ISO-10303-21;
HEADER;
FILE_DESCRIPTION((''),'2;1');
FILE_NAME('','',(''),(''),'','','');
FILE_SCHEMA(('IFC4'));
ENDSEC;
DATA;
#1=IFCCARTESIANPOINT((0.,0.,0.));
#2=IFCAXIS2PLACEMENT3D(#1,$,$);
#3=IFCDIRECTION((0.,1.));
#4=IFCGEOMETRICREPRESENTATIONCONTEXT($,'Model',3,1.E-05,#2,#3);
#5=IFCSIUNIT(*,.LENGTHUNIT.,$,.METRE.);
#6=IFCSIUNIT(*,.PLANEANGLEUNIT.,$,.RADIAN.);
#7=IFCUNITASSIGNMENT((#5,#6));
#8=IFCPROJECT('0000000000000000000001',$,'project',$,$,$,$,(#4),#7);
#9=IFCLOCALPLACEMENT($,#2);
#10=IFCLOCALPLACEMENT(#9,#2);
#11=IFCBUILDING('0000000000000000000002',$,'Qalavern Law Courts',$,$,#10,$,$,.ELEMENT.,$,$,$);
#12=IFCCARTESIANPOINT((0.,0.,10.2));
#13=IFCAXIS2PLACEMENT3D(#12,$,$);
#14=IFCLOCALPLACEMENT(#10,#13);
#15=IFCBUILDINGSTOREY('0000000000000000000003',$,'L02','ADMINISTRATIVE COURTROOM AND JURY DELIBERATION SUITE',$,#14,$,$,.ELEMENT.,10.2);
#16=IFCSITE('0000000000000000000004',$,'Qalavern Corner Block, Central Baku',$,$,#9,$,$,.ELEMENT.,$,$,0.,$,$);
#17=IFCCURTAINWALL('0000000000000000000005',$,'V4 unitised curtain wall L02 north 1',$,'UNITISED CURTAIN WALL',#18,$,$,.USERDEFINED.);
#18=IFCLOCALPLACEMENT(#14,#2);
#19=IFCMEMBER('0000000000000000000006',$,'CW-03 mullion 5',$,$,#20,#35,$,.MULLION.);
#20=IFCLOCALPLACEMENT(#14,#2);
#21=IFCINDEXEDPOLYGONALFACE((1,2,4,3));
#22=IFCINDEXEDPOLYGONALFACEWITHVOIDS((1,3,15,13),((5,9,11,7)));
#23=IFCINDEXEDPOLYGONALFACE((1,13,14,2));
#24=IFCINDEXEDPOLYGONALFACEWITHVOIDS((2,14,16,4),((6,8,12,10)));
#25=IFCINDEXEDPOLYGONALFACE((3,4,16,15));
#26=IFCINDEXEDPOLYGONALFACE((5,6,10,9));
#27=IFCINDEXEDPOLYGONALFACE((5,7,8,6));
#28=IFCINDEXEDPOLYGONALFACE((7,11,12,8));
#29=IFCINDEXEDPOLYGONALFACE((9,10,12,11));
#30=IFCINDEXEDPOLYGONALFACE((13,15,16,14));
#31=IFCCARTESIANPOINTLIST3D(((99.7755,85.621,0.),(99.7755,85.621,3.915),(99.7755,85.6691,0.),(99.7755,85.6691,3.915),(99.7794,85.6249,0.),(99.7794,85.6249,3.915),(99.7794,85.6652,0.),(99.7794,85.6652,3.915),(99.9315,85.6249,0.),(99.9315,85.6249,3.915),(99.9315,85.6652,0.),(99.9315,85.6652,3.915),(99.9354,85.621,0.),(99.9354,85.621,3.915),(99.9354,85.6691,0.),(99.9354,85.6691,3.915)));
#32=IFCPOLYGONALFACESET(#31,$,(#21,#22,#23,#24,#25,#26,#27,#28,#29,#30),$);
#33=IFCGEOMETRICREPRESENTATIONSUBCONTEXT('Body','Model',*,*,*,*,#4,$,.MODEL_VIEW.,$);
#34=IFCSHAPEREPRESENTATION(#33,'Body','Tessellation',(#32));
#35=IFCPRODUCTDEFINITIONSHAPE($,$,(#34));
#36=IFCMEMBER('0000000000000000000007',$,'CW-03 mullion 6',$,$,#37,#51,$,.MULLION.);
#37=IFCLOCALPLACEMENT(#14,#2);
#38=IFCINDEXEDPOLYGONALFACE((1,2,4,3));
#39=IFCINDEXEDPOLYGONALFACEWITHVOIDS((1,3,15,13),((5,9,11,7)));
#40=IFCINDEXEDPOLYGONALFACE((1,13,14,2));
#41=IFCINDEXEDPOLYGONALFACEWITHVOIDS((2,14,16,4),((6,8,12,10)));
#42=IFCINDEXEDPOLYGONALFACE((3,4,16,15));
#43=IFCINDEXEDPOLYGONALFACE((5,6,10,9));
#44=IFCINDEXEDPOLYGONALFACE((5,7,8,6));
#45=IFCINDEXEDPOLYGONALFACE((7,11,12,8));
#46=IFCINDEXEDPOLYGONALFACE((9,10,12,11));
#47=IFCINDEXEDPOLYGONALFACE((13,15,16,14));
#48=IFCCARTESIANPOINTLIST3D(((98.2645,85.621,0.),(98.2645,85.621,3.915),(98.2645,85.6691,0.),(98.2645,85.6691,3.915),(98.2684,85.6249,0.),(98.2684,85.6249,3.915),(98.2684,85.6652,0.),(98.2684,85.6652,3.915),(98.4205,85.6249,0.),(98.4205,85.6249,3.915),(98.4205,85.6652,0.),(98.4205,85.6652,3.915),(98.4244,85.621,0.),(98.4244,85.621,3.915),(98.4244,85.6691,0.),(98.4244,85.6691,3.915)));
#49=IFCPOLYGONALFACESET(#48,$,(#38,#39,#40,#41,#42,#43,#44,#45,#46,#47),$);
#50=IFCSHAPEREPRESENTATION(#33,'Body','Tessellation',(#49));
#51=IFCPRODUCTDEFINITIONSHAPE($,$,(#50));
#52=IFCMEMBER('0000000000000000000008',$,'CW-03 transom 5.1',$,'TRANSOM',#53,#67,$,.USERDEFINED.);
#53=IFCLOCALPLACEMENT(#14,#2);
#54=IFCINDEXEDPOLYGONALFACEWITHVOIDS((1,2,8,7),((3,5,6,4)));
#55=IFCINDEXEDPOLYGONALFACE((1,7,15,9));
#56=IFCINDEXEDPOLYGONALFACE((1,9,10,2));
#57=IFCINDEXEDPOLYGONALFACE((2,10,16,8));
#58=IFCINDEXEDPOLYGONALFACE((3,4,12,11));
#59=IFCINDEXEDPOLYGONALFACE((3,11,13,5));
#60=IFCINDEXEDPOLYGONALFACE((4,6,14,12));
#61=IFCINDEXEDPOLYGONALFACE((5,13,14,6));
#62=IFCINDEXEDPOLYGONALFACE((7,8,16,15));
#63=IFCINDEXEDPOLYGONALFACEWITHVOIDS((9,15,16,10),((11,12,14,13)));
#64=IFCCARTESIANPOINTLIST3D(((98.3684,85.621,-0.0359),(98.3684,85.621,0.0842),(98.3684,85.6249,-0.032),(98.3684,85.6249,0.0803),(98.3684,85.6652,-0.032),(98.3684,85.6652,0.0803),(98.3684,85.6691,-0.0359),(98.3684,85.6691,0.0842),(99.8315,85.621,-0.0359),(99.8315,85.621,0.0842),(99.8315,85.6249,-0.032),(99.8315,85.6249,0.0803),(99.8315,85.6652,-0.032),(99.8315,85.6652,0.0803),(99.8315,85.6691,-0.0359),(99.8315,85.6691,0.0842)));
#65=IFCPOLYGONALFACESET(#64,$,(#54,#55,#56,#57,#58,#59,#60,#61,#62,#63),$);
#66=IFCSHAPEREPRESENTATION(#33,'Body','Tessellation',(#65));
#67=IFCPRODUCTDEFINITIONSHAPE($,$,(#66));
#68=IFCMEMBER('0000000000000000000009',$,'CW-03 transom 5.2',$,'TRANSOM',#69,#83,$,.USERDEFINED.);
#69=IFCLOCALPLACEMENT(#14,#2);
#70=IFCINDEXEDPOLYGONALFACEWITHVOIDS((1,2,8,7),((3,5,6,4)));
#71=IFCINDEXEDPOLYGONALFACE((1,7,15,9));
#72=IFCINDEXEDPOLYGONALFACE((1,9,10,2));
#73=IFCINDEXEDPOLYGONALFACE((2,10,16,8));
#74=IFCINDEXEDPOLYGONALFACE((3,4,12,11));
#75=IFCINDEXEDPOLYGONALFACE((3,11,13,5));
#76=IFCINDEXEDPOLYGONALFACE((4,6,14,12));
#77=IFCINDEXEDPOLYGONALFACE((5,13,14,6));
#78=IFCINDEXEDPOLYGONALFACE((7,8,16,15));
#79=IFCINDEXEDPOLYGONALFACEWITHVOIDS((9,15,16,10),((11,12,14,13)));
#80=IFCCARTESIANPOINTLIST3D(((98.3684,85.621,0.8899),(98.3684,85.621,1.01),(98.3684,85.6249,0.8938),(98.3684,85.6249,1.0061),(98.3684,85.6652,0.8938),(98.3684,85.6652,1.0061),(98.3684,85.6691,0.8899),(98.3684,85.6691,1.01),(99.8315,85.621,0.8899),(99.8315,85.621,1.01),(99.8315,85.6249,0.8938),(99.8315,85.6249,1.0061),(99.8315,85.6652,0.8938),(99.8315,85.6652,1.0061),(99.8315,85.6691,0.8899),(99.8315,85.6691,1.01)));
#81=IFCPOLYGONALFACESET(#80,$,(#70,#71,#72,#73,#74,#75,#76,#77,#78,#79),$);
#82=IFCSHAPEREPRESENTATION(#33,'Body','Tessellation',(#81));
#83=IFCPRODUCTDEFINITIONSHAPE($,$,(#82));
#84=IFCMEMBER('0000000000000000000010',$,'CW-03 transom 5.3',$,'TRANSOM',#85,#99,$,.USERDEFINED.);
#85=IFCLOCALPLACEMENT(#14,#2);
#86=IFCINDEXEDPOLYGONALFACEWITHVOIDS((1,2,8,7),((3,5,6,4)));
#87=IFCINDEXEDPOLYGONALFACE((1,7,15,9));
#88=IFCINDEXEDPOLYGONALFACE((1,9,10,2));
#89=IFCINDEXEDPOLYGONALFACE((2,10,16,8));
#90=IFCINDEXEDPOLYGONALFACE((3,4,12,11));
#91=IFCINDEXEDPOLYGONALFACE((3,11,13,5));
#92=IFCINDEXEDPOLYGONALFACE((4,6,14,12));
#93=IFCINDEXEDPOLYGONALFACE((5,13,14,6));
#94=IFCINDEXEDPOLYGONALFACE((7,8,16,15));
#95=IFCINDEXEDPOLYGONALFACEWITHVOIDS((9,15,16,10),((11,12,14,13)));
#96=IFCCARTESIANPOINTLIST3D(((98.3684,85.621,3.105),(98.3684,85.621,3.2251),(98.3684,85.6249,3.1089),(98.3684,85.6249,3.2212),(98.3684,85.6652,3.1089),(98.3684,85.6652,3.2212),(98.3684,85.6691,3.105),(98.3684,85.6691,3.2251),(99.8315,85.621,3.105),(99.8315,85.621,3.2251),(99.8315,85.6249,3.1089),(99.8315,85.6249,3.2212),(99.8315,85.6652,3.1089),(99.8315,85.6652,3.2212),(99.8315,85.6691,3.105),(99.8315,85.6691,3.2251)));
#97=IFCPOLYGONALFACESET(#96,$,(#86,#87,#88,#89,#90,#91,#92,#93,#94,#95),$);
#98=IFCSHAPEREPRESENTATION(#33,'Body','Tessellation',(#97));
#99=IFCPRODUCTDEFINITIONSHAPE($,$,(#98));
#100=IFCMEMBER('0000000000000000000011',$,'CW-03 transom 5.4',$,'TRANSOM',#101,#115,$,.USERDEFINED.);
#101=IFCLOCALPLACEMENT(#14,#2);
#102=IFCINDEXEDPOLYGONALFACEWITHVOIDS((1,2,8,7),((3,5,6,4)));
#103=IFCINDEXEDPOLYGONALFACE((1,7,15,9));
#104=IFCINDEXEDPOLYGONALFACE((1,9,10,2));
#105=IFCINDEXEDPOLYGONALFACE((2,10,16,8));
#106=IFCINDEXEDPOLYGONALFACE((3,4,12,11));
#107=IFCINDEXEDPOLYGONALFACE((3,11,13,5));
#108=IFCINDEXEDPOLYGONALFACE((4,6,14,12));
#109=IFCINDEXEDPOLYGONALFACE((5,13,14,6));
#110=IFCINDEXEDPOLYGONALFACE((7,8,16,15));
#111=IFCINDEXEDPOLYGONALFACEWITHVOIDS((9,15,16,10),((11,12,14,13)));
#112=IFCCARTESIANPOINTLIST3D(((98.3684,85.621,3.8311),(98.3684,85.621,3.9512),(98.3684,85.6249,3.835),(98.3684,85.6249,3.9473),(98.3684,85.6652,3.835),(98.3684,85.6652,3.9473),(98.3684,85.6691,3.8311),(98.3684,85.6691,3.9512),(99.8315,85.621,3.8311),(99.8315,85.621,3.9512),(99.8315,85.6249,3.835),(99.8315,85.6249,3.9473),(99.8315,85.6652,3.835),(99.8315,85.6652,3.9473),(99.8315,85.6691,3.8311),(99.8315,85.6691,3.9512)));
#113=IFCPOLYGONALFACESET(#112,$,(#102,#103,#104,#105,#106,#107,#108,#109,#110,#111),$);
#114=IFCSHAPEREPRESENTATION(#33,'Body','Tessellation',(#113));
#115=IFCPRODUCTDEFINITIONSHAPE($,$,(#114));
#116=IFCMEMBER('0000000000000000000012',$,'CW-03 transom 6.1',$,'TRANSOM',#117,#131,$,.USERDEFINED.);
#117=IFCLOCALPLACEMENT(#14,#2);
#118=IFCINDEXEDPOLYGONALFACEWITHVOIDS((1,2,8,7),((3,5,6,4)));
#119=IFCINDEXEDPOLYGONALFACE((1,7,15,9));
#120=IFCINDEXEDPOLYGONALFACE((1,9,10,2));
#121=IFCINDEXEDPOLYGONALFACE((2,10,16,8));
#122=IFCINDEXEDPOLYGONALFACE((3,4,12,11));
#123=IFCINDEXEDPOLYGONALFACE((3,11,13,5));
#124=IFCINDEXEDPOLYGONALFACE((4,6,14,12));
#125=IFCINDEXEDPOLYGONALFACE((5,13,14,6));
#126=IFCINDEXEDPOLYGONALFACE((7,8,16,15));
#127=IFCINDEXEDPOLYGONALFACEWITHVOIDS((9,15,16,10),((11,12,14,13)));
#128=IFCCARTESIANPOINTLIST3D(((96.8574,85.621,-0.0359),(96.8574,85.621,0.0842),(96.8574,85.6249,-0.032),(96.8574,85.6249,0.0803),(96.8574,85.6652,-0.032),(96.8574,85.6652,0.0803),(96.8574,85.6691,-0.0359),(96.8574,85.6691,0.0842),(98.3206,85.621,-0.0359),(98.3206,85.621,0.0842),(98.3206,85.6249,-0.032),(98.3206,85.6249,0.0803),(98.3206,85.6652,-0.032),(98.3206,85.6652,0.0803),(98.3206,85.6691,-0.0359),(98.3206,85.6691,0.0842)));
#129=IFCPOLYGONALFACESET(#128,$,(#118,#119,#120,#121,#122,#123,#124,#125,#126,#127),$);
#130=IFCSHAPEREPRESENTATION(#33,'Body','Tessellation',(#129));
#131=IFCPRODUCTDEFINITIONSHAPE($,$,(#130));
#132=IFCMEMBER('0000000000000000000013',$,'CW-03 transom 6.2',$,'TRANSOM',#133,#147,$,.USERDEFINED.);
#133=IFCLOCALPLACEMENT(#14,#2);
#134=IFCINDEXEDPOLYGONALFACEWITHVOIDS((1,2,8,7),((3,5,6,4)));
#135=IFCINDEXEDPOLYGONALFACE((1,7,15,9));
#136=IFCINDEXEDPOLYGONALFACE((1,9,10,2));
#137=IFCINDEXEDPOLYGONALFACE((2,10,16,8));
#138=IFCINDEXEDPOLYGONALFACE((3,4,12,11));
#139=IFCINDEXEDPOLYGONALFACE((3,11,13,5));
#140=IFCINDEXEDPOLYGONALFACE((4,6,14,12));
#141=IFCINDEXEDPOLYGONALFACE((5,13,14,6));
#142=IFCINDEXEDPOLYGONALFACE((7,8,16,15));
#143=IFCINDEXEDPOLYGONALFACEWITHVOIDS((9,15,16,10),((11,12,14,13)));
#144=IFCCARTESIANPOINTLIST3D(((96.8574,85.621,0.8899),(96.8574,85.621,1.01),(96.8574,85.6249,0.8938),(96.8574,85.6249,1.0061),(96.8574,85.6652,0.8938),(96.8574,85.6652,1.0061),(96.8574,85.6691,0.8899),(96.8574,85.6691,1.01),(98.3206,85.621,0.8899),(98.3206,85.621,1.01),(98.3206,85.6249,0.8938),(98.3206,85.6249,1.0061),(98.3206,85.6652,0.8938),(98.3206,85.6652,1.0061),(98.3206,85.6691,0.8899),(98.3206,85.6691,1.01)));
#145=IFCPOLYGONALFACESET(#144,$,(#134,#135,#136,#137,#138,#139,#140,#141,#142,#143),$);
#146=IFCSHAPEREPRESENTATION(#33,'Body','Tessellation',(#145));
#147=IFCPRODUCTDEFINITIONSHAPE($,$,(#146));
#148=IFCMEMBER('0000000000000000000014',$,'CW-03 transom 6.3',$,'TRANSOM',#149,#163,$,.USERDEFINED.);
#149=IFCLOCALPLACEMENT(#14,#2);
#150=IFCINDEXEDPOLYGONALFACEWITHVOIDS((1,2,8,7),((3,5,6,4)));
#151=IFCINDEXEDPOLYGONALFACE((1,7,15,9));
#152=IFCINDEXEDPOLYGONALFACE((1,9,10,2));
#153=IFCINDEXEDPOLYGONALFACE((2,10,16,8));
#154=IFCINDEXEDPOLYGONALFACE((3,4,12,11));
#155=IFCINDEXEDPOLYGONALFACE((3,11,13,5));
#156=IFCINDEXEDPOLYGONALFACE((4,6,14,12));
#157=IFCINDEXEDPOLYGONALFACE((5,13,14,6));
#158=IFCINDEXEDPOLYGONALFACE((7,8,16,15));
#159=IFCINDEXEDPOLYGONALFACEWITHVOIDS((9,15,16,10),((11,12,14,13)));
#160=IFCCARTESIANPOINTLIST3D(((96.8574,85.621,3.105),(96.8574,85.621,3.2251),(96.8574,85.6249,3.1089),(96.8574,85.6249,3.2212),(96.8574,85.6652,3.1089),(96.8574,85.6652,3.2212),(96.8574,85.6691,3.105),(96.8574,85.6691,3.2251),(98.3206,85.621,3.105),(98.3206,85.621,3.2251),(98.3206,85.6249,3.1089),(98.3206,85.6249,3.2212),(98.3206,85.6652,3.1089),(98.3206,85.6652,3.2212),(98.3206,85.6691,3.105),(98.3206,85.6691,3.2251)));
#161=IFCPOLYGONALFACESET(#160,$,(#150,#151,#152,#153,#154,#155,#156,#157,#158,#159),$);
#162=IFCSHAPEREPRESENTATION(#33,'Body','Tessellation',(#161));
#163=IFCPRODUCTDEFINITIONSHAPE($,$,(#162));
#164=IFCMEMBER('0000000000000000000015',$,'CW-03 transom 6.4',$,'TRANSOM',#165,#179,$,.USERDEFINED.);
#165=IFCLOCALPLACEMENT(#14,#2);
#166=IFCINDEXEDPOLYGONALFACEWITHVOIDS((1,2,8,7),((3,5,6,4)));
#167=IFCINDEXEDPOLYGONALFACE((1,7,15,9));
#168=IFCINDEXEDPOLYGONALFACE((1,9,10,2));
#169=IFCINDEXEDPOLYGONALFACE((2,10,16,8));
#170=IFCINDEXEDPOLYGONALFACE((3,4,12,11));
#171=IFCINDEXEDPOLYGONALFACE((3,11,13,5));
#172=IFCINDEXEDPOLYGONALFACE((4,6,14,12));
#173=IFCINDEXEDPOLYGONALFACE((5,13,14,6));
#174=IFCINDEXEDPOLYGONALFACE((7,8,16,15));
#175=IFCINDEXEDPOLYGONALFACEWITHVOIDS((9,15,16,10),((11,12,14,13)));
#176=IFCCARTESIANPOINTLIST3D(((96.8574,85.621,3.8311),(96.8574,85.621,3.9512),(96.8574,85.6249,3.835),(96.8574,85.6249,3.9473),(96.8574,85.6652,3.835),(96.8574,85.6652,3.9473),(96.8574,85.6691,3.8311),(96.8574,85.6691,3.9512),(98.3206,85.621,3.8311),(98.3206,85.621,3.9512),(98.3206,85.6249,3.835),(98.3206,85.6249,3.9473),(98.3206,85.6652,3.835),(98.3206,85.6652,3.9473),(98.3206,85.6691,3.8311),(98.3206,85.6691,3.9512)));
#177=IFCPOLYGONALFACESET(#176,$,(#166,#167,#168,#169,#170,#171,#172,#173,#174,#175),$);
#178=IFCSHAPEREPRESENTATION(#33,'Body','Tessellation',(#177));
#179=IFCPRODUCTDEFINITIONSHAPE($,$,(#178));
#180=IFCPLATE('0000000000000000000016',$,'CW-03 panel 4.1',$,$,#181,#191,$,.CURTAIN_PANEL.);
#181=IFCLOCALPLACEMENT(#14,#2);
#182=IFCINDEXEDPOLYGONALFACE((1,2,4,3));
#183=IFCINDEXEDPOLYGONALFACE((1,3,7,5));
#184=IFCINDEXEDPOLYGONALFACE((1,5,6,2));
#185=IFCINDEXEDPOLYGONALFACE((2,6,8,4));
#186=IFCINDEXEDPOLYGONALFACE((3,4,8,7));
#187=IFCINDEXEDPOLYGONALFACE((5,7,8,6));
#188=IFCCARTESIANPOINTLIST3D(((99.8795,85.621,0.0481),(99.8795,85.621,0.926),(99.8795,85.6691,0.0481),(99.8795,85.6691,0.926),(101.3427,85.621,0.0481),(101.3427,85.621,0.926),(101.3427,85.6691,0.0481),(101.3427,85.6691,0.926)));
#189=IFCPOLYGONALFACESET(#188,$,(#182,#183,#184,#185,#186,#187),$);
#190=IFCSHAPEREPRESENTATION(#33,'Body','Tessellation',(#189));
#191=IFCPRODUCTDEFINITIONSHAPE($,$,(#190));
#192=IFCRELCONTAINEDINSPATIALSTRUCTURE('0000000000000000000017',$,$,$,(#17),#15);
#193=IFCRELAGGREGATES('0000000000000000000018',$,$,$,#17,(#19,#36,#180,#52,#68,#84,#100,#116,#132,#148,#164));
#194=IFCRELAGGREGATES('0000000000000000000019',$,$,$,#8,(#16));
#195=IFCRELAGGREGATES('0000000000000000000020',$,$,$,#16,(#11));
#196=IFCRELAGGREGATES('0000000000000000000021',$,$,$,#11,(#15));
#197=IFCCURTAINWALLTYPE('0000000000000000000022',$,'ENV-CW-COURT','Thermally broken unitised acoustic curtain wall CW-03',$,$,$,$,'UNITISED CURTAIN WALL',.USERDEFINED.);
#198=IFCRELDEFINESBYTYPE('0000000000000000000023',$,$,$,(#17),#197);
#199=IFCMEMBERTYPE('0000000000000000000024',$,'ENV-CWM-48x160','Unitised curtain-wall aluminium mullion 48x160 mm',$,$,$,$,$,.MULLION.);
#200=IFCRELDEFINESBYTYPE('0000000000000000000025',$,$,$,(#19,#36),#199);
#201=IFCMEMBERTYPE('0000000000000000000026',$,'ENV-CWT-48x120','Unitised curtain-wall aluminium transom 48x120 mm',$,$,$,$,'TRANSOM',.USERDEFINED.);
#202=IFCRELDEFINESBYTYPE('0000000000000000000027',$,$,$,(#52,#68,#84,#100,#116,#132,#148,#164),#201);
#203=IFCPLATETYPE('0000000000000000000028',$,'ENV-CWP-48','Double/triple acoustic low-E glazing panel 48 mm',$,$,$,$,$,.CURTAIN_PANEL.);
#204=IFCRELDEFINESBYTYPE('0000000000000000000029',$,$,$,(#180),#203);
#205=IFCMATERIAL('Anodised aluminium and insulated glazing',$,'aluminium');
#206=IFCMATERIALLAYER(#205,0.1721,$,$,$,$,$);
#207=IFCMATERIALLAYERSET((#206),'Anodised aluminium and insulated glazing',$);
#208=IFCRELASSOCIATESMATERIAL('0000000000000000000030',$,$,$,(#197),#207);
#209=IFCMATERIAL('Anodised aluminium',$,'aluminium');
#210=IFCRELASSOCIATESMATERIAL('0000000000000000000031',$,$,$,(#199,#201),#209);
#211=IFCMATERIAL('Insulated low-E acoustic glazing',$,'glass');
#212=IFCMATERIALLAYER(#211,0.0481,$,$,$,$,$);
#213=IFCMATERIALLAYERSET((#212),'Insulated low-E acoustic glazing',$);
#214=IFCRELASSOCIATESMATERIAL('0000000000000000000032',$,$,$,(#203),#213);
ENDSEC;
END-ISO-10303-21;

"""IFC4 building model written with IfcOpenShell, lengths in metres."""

from ifc_helpers import new_model, si_unit, direction, frame, origin, origin_2d, place, context, subcontext, project, spatial, rectangle, hollow_rectangle, extrude, material, layer, layer_set, material_profile, profile_set, type_object, element, aggregate, save


model = new_model("IFC4")

# Units and contexts
model_context = context("Model", 3, precision=1e-05, world=origin(), true_north=direction((0.0, 1.0)))
body_context = subcontext(model_context, "Body", "Model", "MODEL_VIEW")
ifc_project = project(units=[si_unit("LENGTHUNIT", "METRE"), si_unit("PLANEANGLEUNIT", "RADIAN")], contexts=[model_context])

# Site, building, storey
site_placement = place(None, origin())
site = spatial("IfcSite", under=ifc_project, at=site_placement, Name="Qalavern Corner Block, Central Baku", CompositionType="ELEMENT", RefElevation=0.0)
building_placement = place(site_placement, origin())
building = spatial("IfcBuilding", under=site, at=building_placement, Name="Qalavern Law Courts", CompositionType="ELEMENT")
storey_placement = place(building_placement, frame((0.0, 0.0, 10.2)))
storey = spatial("IfcBuildingStorey", under=building, at=storey_placement, Name="L02", Description="ADMINISTRATIVE COURTROOM AND JURY DELIBERATION SUITE", CompositionType="ELEMENT", Elevation=10.2)

# Curtain wall, members, plate
ifc_material_1 = material(Name="Anodised aluminium and insulated glazing", Category="aluminium")
ifc_layer_1 = layer(ifc_material_1, 0.1721)
ifc_layer_set_1 = layer_set([ifc_layer_1], Name="Anodised aluminium and insulated glazing")
curtain_wall_type = type_object("IfcCurtainWallType", Name="ENV-CW-COURT", Description="Thermally broken unitised acoustic curtain wall CW-03", ElementType="UNITISED CURTAIN WALL", PredefinedType="USERDEFINED", material=ifc_layer_set_1)
curtain_wall_placement = place(storey_placement, origin())
curtain_wall = element("IfcCurtainWall", 1, at=curtain_wall_placement, inside=storey, type_object=curtain_wall_type, Name="V4 unitised curtain wall L02 north 1", ObjectType="UNITISED CURTAIN WALL", PredefinedType="USERDEFINED")
ifc_material_2 = material(Name="Anodised aluminium", Category="aluminium")
ifc_material_profile_1 = material_profile(ifc_material_2, hollow_rectangle(XDim=0.0481, YDim=0.1599, WallThickness=0.0039, at=origin_2d()), Name="ALU MULLION 48x160")
ifc_profile_set_1 = profile_set([ifc_material_profile_1], Name="Anodised aluminium")
member_type_1 = type_object("IfcMemberType", Name="ENV-CWM-48x160", Description="Unitised curtain-wall aluminium mullion 48x160 mm", PredefinedType="MULLION", material=ifc_profile_set_1)
member_1_placement = place(storey_placement, frame((99.8555, 85.645, 0.0), z_axis=(0.0, 0.0, 1.0), x_axis=(0.0, -1.0, 0.0)))
member_1 = element("IfcMember", 2, at=member_1_placement, type_object=member_type_1, Name="CW-03 mullion 5", PredefinedType="MULLION", context=body_context, shape_type="SweptSolid", body=[
    extrude(hollow_rectangle(XDim=0.0481, YDim=0.1599, WallThickness=0.0039, at=origin_2d()), origin(), (0.0, 0.0, 1.0), 3.915),
])
member_2_placement = place(storey_placement, frame((98.3445, 85.645, 0.0), z_axis=(0.0, 0.0, 1.0), x_axis=(0.0, -1.0, 0.0)))
member_2 = element("IfcMember", 3, at=member_2_placement, type_object=member_type_1, Name="CW-03 mullion 6", PredefinedType="MULLION", context=body_context, shape_type="SweptSolid", body=[
    extrude(hollow_rectangle(XDim=0.0481, YDim=0.1599, WallThickness=0.0039, at=origin_2d()), origin(), (0.0, 0.0, 1.0), 3.915),
])
ifc_material_profile_2 = material_profile(ifc_material_2, hollow_rectangle(XDim=0.0481, YDim=0.1201, WallThickness=0.0039, at=origin_2d()), Name="ALU TRANSOM 48x120")
ifc_profile_set_2 = profile_set([ifc_material_profile_2], Name="Anodised aluminium")
member_type_2 = type_object("IfcMemberType", Name="ENV-CWT-48x120", Description="Unitised curtain-wall aluminium transom 48x120 mm", ElementType="TRANSOM", PredefinedType="USERDEFINED", material=ifc_profile_set_2)
member_3_placement = place(storey_placement, frame((99.8315, 85.645, 0.0242), z_axis=(-1.0, 0.0, 0.0), x_axis=(0.0, -1.0, 0.0)))
member_3 = element("IfcMember", 4, at=member_3_placement, type_object=member_type_2, Name="CW-03 transom 5.1", ObjectType="TRANSOM", PredefinedType="USERDEFINED", context=body_context, shape_type="SweptSolid", body=[
    extrude(hollow_rectangle(XDim=0.0481, YDim=0.1201, WallThickness=0.0039, at=origin_2d()), origin(), (0.0, 0.0, 1.0), 1.4631),
])
member_4_placement = place(storey_placement, frame((99.8315, 85.645, 0.95), z_axis=(-1.0, 0.0, 0.0), x_axis=(0.0, -1.0, 0.0)))
member_4 = element("IfcMember", 5, at=member_4_placement, type_object=member_type_2, Name="CW-03 transom 5.2", ObjectType="TRANSOM", PredefinedType="USERDEFINED", context=body_context, shape_type="SweptSolid", body=[
    extrude(hollow_rectangle(XDim=0.0481, YDim=0.1201, WallThickness=0.0039, at=origin_2d()), origin(), (0.0, 0.0, 1.0), 1.4631),
])
member_5_placement = place(storey_placement, frame((99.8315, 85.645, 3.165), z_axis=(-1.0, 0.0, 0.0), x_axis=(0.0, -1.0, 0.0)))
member_5 = element("IfcMember", 6, at=member_5_placement, type_object=member_type_2, Name="CW-03 transom 5.3", ObjectType="TRANSOM", PredefinedType="USERDEFINED", context=body_context, shape_type="SweptSolid", body=[
    extrude(hollow_rectangle(XDim=0.0481, YDim=0.1201, WallThickness=0.0039, at=origin_2d()), origin(), (0.0, 0.0, 1.0), 1.4631),
])
member_6_placement = place(storey_placement, frame((99.8315, 85.645, 3.8911), z_axis=(-1.0, 0.0, 0.0), x_axis=(0.0, -1.0, 0.0)))
member_6 = element("IfcMember", 7, at=member_6_placement, type_object=member_type_2, Name="CW-03 transom 5.4", ObjectType="TRANSOM", PredefinedType="USERDEFINED", context=body_context, shape_type="SweptSolid", body=[
    extrude(hollow_rectangle(XDim=0.0481, YDim=0.1201, WallThickness=0.0039, at=origin_2d()), origin(), (0.0, 0.0, 1.0), 1.4631),
])
member_7_placement = place(storey_placement, frame((98.3206, 85.645, 0.0242), z_axis=(-1.0, 0.0, 0.0), x_axis=(0.0, -1.0, 0.0)))
member_7 = element("IfcMember", 8, at=member_7_placement, type_object=member_type_2, Name="CW-03 transom 6.1", ObjectType="TRANSOM", PredefinedType="USERDEFINED", context=body_context, shape_type="SweptSolid", body=[
    extrude(hollow_rectangle(XDim=0.0481, YDim=0.1201, WallThickness=0.0039, at=origin_2d()), origin(), (0.0, 0.0, 1.0), 1.4631),
])
member_8_placement = place(storey_placement, frame((98.3206, 85.645, 0.95), z_axis=(-1.0, 0.0, 0.0), x_axis=(0.0, -1.0, 0.0)))
member_8 = element("IfcMember", 9, at=member_8_placement, type_object=member_type_2, Name="CW-03 transom 6.2", ObjectType="TRANSOM", PredefinedType="USERDEFINED", context=body_context, shape_type="SweptSolid", body=[
    extrude(hollow_rectangle(XDim=0.0481, YDim=0.1201, WallThickness=0.0039, at=origin_2d()), origin(), (0.0, 0.0, 1.0), 1.4631),
])
member_9_placement = place(storey_placement, frame((98.3206, 85.645, 3.165), z_axis=(-1.0, 0.0, 0.0), x_axis=(0.0, -1.0, 0.0)))
member_9 = element("IfcMember", 10, at=member_9_placement, type_object=member_type_2, Name="CW-03 transom 6.3", ObjectType="TRANSOM", PredefinedType="USERDEFINED", context=body_context, shape_type="SweptSolid", body=[
    extrude(hollow_rectangle(XDim=0.0481, YDim=0.1201, WallThickness=0.0039, at=origin_2d()), origin(), (0.0, 0.0, 1.0), 1.4631),
])
member_10_placement = place(storey_placement, frame((98.3206, 85.645, 3.8911), z_axis=(-1.0, 0.0, 0.0), x_axis=(0.0, -1.0, 0.0)))
member_10 = element("IfcMember", 11, at=member_10_placement, type_object=member_type_2, Name="CW-03 transom 6.4", ObjectType="TRANSOM", PredefinedType="USERDEFINED", context=body_context, shape_type="SweptSolid", body=[
    extrude(hollow_rectangle(XDim=0.0481, YDim=0.1201, WallThickness=0.0039, at=origin_2d()), origin(), (0.0, 0.0, 1.0), 1.4631),
])
ifc_material_3 = material(Name="Insulated low-E acoustic glazing", Category="glass")
ifc_layer_2 = layer(ifc_material_3, 0.0481)
ifc_layer_set_2 = layer_set([ifc_layer_2], Name="Insulated low-E acoustic glazing")
plate_type = type_object("IfcPlateType", Name="ENV-CWP-48", Description="Double/triple acoustic low-E glazing panel 48 mm", PredefinedType="CURTAIN_PANEL", material=ifc_layer_set_2)
plate_1_placement = place(storey_placement, frame((100.6111, 85.645, 0.0481), z_axis=(0.0, 0.0, 1.0), x_axis=(-1.0, 0.0, 0.0)))
plate_1 = element("IfcPlate", 12, at=plate_1_placement, type_object=plate_type, Name="CW-03 panel 4.1", PredefinedType="CURTAIN_PANEL", context=body_context, shape_type="SweptSolid", body=[
    extrude(rectangle(XDim=1.4631, YDim=0.0481, at=origin_2d()), origin(), (0.0, 0.0, 1.0), 0.8779),
])
aggregate(curtain_wall, [member_1, member_2, plate_1, member_3, member_4, member_5, member_6, member_7, member_8, member_9, member_10])

save(model, "model.ifc")
